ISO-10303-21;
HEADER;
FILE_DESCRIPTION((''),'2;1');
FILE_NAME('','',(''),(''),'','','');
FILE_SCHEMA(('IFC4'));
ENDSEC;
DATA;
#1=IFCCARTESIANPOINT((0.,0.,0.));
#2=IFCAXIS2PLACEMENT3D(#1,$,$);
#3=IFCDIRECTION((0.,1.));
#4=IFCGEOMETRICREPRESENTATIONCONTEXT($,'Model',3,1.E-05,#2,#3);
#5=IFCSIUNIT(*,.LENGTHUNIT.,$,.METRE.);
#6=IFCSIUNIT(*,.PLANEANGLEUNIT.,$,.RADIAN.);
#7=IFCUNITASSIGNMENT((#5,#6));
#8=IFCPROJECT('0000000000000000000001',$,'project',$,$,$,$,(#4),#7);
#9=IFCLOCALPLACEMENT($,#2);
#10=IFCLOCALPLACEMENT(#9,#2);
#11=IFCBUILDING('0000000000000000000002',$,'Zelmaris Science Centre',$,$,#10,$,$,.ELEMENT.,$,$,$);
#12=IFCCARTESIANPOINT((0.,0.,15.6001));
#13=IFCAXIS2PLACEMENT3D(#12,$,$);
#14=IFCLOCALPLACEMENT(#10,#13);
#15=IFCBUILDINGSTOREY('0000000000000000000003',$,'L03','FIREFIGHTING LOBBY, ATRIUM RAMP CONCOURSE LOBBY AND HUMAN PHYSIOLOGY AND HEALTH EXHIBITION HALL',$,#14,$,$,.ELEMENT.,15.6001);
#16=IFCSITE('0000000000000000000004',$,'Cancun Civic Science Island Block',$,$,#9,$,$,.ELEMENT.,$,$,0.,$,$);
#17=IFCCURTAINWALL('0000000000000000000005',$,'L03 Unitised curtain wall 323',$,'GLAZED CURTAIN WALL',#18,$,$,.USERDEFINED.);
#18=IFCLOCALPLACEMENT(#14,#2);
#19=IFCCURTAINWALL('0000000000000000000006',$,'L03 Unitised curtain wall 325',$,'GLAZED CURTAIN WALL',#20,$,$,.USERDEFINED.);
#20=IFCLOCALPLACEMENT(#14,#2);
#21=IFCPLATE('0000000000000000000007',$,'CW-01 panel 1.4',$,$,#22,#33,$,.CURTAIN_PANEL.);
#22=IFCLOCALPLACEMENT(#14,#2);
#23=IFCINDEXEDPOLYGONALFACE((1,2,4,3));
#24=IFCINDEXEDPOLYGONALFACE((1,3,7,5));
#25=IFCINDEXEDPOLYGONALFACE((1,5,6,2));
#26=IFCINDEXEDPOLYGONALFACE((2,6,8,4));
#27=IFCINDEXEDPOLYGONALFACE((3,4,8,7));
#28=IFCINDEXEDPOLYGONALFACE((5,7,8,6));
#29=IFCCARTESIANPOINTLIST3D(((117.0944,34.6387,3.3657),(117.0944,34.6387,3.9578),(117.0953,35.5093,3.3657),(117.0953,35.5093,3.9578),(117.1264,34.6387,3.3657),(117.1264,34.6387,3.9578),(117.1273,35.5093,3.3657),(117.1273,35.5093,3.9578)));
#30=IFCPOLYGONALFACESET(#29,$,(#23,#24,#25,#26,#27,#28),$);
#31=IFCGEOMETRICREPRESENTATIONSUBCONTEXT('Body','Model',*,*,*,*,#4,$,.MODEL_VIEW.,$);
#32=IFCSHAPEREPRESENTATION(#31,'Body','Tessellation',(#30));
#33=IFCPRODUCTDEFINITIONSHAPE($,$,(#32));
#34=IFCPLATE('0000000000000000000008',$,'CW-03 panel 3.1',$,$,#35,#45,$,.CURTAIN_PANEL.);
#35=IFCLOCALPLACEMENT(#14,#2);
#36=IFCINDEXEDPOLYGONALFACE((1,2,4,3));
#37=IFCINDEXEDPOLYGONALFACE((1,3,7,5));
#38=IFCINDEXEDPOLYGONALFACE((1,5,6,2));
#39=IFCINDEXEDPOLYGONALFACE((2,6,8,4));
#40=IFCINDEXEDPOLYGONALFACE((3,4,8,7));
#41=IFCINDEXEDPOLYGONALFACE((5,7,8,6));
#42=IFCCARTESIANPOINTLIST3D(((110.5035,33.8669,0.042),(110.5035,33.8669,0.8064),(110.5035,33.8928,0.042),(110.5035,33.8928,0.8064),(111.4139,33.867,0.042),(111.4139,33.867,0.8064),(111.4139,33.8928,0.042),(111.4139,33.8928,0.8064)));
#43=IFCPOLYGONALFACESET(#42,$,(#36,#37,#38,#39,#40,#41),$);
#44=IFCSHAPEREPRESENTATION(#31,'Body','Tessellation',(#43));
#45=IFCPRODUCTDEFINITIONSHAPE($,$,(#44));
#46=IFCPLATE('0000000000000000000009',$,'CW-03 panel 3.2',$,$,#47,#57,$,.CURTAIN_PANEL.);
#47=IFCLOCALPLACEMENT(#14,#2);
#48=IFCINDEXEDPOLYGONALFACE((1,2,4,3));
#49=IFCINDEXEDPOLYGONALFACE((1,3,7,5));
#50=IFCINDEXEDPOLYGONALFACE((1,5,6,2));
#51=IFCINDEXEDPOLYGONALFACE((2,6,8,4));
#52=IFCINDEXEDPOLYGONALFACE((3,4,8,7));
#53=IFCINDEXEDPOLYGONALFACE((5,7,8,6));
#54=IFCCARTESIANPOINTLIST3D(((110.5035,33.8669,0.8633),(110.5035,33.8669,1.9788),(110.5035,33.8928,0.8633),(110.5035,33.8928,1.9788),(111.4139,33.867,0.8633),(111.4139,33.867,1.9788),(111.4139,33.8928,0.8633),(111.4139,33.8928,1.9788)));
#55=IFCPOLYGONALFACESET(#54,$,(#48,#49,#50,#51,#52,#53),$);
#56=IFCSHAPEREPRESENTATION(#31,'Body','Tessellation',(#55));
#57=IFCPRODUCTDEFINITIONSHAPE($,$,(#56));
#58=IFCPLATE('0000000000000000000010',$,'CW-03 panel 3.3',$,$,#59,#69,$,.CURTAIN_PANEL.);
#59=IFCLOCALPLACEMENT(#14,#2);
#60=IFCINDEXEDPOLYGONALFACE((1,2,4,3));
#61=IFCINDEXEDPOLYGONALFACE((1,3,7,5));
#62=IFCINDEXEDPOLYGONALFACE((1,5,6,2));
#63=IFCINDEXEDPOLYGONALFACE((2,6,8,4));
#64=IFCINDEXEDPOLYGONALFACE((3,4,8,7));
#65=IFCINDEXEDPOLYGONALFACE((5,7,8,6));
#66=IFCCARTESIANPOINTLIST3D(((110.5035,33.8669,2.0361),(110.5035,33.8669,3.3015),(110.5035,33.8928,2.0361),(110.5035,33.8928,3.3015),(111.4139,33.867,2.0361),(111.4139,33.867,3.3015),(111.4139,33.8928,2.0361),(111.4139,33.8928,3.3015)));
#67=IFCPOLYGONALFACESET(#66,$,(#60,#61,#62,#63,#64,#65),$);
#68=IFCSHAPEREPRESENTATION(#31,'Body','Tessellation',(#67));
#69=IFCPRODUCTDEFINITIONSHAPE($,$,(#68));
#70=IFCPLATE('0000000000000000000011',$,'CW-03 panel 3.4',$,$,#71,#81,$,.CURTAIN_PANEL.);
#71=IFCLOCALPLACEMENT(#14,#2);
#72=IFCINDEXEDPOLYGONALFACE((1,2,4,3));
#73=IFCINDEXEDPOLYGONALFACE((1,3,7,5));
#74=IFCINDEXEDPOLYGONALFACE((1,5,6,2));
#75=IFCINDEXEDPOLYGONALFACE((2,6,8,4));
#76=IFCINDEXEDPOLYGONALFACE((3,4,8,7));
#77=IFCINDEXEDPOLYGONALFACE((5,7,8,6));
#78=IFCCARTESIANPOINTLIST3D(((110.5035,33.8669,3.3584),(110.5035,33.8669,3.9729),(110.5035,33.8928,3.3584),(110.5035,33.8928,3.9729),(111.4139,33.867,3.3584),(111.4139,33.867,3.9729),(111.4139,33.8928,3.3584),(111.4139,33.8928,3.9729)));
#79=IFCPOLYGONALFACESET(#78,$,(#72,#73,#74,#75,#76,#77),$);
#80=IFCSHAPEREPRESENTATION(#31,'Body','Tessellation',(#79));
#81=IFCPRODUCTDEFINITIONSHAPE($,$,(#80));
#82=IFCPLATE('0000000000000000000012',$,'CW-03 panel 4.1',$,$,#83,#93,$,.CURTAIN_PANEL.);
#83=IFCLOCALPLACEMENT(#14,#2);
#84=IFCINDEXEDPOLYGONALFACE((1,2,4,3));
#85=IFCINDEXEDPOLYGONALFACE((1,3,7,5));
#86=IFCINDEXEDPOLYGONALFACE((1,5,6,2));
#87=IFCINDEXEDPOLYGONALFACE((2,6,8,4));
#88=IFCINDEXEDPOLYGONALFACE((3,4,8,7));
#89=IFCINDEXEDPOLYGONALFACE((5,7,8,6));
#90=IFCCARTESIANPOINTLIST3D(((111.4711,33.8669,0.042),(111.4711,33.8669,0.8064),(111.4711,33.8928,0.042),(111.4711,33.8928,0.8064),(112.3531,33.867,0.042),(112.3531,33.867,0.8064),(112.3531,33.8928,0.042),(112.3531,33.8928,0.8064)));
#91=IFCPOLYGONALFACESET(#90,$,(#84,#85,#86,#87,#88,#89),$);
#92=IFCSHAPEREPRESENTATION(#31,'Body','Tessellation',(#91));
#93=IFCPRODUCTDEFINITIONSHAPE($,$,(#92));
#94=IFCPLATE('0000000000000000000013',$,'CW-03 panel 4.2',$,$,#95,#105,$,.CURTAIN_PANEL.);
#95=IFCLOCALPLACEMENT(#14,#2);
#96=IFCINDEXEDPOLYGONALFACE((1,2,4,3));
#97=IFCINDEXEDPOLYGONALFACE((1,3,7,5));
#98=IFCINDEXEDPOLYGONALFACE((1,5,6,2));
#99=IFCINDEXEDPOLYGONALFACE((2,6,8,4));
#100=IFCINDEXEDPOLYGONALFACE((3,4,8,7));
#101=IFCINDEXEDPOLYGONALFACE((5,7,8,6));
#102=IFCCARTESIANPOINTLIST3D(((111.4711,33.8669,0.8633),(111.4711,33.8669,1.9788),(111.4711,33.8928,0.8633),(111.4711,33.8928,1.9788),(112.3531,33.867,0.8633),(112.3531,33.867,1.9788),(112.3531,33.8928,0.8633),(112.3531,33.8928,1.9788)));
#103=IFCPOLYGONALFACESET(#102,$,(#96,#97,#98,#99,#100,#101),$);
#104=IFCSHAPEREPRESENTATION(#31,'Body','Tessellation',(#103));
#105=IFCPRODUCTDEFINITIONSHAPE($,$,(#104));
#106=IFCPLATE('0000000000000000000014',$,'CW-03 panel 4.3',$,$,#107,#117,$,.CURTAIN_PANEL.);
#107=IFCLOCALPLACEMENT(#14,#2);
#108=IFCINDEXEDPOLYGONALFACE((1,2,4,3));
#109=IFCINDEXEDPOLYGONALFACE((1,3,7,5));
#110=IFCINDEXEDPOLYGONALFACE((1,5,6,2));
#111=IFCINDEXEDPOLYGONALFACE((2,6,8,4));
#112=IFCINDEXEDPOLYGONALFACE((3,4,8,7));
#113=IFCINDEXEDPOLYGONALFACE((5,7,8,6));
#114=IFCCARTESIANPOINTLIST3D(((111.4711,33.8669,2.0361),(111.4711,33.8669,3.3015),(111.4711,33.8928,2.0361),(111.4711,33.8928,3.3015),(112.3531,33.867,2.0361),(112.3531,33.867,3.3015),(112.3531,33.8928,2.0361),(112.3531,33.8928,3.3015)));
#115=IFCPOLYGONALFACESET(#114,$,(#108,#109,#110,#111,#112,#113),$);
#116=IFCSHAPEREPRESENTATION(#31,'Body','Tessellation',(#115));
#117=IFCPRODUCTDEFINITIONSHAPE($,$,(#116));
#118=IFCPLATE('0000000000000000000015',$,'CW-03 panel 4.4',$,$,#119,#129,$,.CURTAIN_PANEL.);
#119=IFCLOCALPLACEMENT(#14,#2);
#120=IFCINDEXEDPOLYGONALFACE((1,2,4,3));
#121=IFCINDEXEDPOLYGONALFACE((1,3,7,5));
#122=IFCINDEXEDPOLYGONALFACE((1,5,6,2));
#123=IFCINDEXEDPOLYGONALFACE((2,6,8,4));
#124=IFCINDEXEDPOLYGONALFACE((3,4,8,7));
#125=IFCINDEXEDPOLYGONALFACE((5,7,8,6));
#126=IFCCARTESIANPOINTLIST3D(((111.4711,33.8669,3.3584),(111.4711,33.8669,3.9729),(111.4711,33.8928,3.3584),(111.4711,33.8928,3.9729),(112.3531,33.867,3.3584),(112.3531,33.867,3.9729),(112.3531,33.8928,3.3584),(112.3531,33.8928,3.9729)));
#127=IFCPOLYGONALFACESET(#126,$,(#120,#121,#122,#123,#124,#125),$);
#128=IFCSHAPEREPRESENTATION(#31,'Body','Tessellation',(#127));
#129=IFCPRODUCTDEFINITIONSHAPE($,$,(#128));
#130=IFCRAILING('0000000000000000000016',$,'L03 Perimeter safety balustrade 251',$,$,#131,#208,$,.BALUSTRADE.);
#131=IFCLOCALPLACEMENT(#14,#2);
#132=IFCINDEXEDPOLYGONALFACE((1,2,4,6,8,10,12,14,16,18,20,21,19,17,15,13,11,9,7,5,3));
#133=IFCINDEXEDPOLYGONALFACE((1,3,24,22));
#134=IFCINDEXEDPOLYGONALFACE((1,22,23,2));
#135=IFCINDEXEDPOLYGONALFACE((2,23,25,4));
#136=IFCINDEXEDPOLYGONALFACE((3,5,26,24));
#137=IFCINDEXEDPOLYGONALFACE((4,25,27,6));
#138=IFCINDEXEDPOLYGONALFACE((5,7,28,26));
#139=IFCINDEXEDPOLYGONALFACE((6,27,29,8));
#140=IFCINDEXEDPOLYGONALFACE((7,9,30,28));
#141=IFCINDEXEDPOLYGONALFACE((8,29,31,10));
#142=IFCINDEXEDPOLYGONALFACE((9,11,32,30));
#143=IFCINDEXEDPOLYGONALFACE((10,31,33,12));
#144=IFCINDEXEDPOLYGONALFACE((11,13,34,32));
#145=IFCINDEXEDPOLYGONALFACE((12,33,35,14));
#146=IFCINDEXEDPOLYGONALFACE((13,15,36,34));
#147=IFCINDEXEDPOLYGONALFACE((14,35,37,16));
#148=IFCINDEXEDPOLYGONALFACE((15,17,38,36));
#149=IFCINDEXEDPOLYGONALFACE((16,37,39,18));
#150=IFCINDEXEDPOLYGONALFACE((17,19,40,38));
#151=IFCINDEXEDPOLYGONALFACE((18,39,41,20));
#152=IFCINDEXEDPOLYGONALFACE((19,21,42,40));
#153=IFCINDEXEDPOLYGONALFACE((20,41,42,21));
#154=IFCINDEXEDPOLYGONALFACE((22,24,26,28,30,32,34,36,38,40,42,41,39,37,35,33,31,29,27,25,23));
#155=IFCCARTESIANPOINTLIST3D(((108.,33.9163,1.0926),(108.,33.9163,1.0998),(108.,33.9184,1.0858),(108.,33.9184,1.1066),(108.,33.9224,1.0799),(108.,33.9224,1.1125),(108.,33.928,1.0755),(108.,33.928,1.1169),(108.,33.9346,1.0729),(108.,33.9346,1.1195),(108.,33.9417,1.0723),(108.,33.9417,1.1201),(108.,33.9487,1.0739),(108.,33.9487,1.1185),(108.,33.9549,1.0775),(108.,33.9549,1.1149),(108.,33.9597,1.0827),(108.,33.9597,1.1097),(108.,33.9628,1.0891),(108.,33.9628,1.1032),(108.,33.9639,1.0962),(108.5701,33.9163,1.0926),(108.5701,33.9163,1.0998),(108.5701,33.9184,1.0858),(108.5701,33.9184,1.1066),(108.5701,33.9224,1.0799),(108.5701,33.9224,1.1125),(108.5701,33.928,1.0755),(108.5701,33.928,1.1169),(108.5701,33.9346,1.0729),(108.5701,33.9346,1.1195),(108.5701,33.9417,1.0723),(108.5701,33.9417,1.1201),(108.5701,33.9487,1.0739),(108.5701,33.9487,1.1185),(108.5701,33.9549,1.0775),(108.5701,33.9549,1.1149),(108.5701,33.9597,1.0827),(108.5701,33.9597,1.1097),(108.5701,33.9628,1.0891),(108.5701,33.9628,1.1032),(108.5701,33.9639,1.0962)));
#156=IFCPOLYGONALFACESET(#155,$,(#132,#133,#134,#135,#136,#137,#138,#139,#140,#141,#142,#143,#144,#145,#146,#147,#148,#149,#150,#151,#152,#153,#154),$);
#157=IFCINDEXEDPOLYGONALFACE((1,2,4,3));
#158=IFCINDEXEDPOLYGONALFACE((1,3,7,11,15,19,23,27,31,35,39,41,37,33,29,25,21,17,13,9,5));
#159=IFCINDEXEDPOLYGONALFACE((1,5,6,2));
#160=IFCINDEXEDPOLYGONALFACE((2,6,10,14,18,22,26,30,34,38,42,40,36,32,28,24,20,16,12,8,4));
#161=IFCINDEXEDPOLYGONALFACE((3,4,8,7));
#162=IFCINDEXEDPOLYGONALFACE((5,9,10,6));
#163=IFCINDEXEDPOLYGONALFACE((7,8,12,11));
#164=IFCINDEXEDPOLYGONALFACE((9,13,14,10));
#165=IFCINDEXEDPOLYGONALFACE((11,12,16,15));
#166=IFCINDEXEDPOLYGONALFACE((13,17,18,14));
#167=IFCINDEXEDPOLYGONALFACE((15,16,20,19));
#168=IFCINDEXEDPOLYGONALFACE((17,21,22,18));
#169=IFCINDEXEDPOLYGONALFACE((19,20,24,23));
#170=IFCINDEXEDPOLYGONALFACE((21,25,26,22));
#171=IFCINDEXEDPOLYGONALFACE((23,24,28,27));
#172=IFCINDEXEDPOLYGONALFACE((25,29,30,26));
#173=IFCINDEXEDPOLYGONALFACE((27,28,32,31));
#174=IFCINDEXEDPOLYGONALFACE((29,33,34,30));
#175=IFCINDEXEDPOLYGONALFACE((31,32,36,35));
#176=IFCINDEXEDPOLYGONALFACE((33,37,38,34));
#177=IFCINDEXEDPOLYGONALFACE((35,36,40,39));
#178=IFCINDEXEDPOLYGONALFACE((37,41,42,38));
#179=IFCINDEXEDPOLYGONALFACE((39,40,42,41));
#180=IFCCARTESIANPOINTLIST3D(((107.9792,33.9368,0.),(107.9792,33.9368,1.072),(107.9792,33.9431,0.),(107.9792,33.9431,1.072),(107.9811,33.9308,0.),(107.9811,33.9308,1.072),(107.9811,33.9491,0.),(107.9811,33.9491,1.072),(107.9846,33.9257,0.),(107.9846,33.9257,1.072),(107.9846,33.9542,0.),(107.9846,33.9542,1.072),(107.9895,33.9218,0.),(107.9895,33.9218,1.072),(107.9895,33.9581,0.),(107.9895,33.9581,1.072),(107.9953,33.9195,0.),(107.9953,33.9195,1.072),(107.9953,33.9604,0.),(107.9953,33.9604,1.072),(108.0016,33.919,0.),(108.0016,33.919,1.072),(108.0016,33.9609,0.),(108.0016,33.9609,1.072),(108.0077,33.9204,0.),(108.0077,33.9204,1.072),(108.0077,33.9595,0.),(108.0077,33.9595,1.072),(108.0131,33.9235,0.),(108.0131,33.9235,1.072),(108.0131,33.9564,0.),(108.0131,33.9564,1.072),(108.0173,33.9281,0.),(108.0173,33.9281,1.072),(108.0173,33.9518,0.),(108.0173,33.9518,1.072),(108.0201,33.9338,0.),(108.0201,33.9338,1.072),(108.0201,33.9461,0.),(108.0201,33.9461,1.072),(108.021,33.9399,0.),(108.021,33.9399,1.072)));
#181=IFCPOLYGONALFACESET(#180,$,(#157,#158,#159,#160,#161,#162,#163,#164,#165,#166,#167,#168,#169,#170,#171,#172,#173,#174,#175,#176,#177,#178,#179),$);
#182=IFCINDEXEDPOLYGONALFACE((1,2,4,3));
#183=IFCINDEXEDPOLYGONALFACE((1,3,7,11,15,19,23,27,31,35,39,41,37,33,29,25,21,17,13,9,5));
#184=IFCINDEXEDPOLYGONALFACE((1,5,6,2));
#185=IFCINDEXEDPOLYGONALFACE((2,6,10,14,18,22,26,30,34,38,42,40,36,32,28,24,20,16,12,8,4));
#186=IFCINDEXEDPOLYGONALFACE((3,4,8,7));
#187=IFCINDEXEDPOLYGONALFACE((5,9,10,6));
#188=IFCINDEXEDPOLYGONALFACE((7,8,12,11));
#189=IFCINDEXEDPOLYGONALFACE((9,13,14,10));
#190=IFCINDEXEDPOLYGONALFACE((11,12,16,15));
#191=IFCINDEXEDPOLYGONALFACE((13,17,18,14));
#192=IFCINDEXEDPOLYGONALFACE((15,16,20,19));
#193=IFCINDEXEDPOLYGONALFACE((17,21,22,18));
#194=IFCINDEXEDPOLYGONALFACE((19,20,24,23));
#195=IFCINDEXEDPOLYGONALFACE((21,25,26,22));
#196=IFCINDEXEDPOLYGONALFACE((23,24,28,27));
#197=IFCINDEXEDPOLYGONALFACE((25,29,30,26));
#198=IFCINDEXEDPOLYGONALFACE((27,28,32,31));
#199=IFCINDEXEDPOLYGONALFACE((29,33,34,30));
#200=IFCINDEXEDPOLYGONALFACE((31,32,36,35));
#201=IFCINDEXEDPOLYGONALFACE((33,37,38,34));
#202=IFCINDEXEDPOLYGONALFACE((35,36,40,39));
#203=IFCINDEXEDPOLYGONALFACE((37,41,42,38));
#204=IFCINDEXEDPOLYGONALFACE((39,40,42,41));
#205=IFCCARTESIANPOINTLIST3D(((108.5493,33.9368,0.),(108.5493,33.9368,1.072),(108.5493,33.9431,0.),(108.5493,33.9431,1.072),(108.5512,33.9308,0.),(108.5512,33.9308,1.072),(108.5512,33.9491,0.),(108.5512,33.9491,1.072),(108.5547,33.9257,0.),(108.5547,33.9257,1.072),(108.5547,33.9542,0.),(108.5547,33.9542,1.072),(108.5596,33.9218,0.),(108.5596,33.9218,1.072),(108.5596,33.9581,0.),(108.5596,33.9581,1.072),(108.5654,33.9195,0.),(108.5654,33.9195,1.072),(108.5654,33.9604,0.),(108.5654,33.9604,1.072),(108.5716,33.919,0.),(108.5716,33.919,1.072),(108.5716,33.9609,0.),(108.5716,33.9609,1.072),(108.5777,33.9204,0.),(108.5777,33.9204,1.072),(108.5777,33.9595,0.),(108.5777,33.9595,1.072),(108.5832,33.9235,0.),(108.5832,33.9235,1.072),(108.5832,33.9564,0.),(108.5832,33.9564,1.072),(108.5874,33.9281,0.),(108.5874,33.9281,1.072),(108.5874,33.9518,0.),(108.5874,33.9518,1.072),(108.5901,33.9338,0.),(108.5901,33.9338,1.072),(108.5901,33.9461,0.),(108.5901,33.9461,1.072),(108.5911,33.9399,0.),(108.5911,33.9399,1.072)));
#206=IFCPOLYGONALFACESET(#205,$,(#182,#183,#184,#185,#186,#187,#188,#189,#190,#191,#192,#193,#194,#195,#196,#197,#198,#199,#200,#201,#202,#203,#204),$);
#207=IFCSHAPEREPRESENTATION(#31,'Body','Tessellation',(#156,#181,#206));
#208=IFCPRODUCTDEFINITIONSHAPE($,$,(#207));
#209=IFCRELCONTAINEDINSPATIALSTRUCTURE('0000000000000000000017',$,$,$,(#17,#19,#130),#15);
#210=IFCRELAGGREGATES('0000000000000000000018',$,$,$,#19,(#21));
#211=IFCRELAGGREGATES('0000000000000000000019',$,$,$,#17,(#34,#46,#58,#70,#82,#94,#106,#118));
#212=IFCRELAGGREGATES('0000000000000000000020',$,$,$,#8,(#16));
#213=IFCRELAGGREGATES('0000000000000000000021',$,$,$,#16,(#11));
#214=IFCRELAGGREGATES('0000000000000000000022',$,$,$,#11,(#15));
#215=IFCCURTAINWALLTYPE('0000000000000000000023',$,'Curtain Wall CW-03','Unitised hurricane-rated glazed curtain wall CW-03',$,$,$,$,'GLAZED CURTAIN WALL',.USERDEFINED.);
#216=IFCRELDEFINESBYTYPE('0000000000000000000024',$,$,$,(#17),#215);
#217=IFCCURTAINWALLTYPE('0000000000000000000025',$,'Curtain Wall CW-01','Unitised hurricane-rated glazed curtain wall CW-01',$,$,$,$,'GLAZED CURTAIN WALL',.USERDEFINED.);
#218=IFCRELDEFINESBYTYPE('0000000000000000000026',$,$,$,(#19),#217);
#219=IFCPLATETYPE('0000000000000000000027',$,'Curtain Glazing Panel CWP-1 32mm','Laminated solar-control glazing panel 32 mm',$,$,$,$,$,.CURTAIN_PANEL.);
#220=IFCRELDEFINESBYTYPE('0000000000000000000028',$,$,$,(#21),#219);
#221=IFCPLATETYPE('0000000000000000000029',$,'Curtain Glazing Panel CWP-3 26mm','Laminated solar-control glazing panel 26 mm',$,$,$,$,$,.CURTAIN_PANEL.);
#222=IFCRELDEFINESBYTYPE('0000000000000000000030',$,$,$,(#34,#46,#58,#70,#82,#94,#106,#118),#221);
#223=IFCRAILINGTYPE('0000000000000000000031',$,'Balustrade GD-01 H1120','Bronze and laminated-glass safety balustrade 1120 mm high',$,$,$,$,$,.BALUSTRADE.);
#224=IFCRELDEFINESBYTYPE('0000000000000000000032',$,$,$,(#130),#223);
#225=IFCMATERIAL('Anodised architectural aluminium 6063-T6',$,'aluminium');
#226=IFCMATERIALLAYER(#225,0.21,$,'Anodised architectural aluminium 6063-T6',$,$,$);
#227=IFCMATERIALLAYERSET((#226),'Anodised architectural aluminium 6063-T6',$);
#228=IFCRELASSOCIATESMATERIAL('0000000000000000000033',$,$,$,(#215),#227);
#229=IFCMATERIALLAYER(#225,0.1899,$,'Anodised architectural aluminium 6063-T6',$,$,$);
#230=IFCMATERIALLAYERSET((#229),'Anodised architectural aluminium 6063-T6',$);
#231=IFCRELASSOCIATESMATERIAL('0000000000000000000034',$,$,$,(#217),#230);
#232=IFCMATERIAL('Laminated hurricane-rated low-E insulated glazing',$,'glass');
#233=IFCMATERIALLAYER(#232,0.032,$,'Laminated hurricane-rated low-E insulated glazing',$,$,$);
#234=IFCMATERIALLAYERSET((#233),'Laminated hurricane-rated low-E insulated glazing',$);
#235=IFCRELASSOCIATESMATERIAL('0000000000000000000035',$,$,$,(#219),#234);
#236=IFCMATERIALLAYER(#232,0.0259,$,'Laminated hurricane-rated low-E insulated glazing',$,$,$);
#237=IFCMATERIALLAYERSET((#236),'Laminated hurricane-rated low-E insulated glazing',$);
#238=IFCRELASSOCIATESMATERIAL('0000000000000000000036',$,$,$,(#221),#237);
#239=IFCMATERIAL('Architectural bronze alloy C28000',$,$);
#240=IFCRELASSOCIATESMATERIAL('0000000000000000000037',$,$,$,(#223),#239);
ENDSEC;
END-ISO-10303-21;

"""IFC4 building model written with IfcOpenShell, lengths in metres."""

from ifc_helpers import new_model, si_unit, direction, frame, origin, origin_2d, place, context, subcontext, project, spatial, rectangle, circle, extrude, material, layer, layer_set, type_object, element, aggregate, save


model = new_model("IFC4")

# Units and contexts
model_context = context("Model", 3, precision=1e-05, world=origin(), true_north=direction((0.0, 1.0)))
body_context = subcontext(model_context, "Body", "Model", "MODEL_VIEW")
ifc_project = project(units=[si_unit("LENGTHUNIT", "METRE"), si_unit("PLANEANGLEUNIT", "RADIAN")], contexts=[model_context])

# Site, building, storey
site_placement = place(None, origin())
site = spatial("IfcSite", under=ifc_project, at=site_placement, Name="Cancun Civic Science Island Block", CompositionType="ELEMENT", RefElevation=0.0)
building_placement = place(site_placement, origin())
building = spatial("IfcBuilding", under=site, at=building_placement, Name="Zelmaris Science Centre", CompositionType="ELEMENT")
storey_placement = place(building_placement, frame((0.0, 0.0, 15.6001)))
storey = spatial("IfcBuildingStorey", under=building, at=storey_placement, Name="L03", Description="FIREFIGHTING LOBBY, ATRIUM RAMP CONCOURSE LOBBY AND HUMAN PHYSIOLOGY AND HEALTH EXHIBITION HALL", CompositionType="ELEMENT", Elevation=15.6001)

# Curtain wall
ifc_material_1 = material(Name="Anodised architectural aluminium 6063-T6", Category="aluminium")
ifc_layer_1 = layer(ifc_material_1, 0.21, Name="Anodised architectural aluminium 6063-T6")
ifc_layer_set_1 = layer_set([ifc_layer_1], Name="Anodised architectural aluminium 6063-T6")
curtain_wall_type_1 = type_object("IfcCurtainWallType", Name="Curtain Wall CW-03", Description="Unitised hurricane-rated glazed curtain wall CW-03", ElementType="GLAZED CURTAIN WALL", PredefinedType="USERDEFINED", material=ifc_layer_set_1)
curtain_wall_1_placement = place(storey_placement, origin())
curtain_wall_1 = element("IfcCurtainWall", 1, at=curtain_wall_1_placement, inside=storey, type_object=curtain_wall_type_1, Name="L03 Unitised curtain wall 323", ObjectType="GLAZED CURTAIN WALL", PredefinedType="USERDEFINED")

# Curtain wall
ifc_layer_2 = layer(ifc_material_1, 0.1899, Name="Anodised architectural aluminium 6063-T6")
ifc_layer_set_2 = layer_set([ifc_layer_2], Name="Anodised architectural aluminium 6063-T6")
curtain_wall_type_2 = type_object("IfcCurtainWallType", Name="Curtain Wall CW-01", Description="Unitised hurricane-rated glazed curtain wall CW-01", ElementType="GLAZED CURTAIN WALL", PredefinedType="USERDEFINED", material=ifc_layer_set_2)
curtain_wall_2_placement = place(storey_placement, origin())
curtain_wall_2 = element("IfcCurtainWall", 2, at=curtain_wall_2_placement, inside=storey, type_object=curtain_wall_type_2, Name="L03 Unitised curtain wall 325", ObjectType="GLAZED CURTAIN WALL", PredefinedType="USERDEFINED")

# Plates
ifc_material_2 = material(Name="Laminated hurricane-rated low-E insulated glazing", Category="glass")
ifc_layer_3 = layer(ifc_material_2, 0.032, Name="Laminated hurricane-rated low-E insulated glazing")
ifc_layer_set_3 = layer_set([ifc_layer_3], Name="Laminated hurricane-rated low-E insulated glazing")
plate_type_1 = type_object("IfcPlateType", Name="Curtain Glazing Panel CWP-1 32mm", Description="Laminated solar-control glazing panel 32 mm", PredefinedType="CURTAIN_PANEL", material=ifc_layer_set_3)
plate_1_placement = place(storey_placement, frame((117.1108, 35.074, 3.3657), z_axis=(0.0, 0.0, 1.0), x_axis=(0.001022, 0.999999, 0.0)))
plate_1 = element("IfcPlate", 3, at=plate_1_placement, type_object=plate_type_1, Name="CW-01 panel 1.4", PredefinedType="CURTAIN_PANEL", context=body_context, shape_type="SweptSolid", body=[
    extrude(rectangle(XDim=0.8706, YDim=0.032, at=origin_2d()), origin(), (0.0, 0.0, 1.0), 0.592),
])
aggregate(curtain_wall_2, [plate_1])
ifc_layer_4 = layer(ifc_material_2, 0.0259, Name="Laminated hurricane-rated low-E insulated glazing")
ifc_layer_set_4 = layer_set([ifc_layer_4], Name="Laminated hurricane-rated low-E insulated glazing")
plate_type_2 = type_object("IfcPlateType", Name="Curtain Glazing Panel CWP-3 26mm", Description="Laminated solar-control glazing panel 26 mm", PredefinedType="CURTAIN_PANEL", material=ifc_layer_set_4)
plate_2_placement = place(storey_placement, frame((110.9587, 33.8799, 0.042), z_axis=(0.0, 0.0, 1.0), x_axis=(1.0, 0.000026, 0.0)))
plate_2 = element("IfcPlate", 4, at=plate_2_placement, type_object=plate_type_2, Name="CW-03 panel 3.1", PredefinedType="CURTAIN_PANEL", context=body_context, shape_type="SweptSolid", body=[
    extrude(rectangle(XDim=0.9104, YDim=0.0259, at=origin_2d()), origin(), (0.0, 0.0, 1.0), 0.7644),
])
plate_3_placement = place(storey_placement, frame((110.9587, 33.8799, 0.8633), z_axis=(0.0, 0.0, 1.0), x_axis=(1.0, 0.000026, 0.0)))
plate_3 = element("IfcPlate", 5, at=plate_3_placement, type_object=plate_type_2, Name="CW-03 panel 3.2", PredefinedType="CURTAIN_PANEL", context=body_context, shape_type="SweptSolid", body=[
    extrude(rectangle(XDim=0.9104, YDim=0.0259, at=origin_2d()), origin(), (0.0, 0.0, 1.0), 1.1155),
])
plate_4_placement = place(storey_placement, frame((110.9587, 33.8799, 2.0361), z_axis=(0.0, 0.0, 1.0), x_axis=(1.0, 0.000026, 0.0)))
plate_4 = element("IfcPlate", 6, at=plate_4_placement, type_object=plate_type_2, Name="CW-03 panel 3.3", PredefinedType="CURTAIN_PANEL", context=body_context, shape_type="SweptSolid", body=[
    extrude(rectangle(XDim=0.9104, YDim=0.0259, at=origin_2d()), origin(), (0.0, 0.0, 1.0), 1.2654),
])
plate_5_placement = place(storey_placement, frame((110.9587, 33.8799, 3.3584), z_axis=(0.0, 0.0, 1.0), x_axis=(1.0, 0.000026, 0.0)))
plate_5 = element("IfcPlate", 7, at=plate_5_placement, type_object=plate_type_2, Name="CW-03 panel 3.4", PredefinedType="CURTAIN_PANEL", context=body_context, shape_type="SweptSolid", body=[
    extrude(rectangle(XDim=0.9104, YDim=0.0259, at=origin_2d()), origin(), (0.0, 0.0, 1.0), 0.6145),
])
plate_6_placement = place(storey_placement, frame((111.9121, 33.8799, 0.042), z_axis=(0.0, 0.0, 1.0), x_axis=(1.0, 0.000026, 0.0)))
plate_6 = element("IfcPlate", 8, at=plate_6_placement, type_object=plate_type_2, Name="CW-03 panel 4.1", PredefinedType="CURTAIN_PANEL", context=body_context, shape_type="SweptSolid", body=[
    extrude(rectangle(XDim=0.8821, YDim=0.0259, at=origin_2d()), origin(), (0.0, 0.0, 1.0), 0.7644),
])
plate_7_placement = place(storey_placement, frame((111.9121, 33.8799, 0.8633), z_axis=(0.0, 0.0, 1.0), x_axis=(1.0, 0.000026, 0.0)))
plate_7 = element("IfcPlate", 9, at=plate_7_placement, type_object=plate_type_2, Name="CW-03 panel 4.2", PredefinedType="CURTAIN_PANEL", context=body_context, shape_type="SweptSolid", body=[
    extrude(rectangle(XDim=0.8821, YDim=0.0259, at=origin_2d()), origin(), (0.0, 0.0, 1.0), 1.1155),
])
plate_8_placement = place(storey_placement, frame((111.9121, 33.8799, 2.0361), z_axis=(0.0, 0.0, 1.0), x_axis=(1.0, 0.000026, 0.0)))
plate_8 = element("IfcPlate", 10, at=plate_8_placement, type_object=plate_type_2, Name="CW-03 panel 4.3", PredefinedType="CURTAIN_PANEL", context=body_context, shape_type="SweptSolid", body=[
    extrude(rectangle(XDim=0.8821, YDim=0.0259, at=origin_2d()), origin(), (0.0, 0.0, 1.0), 1.2654),
])
plate_9_placement = place(storey_placement, frame((111.9121, 33.8799, 3.3584), z_axis=(0.0, 0.0, 1.0), x_axis=(1.0, 0.000026, 0.0)))
plate_9 = element("IfcPlate", 11, at=plate_9_placement, type_object=plate_type_2, Name="CW-03 panel 4.4", PredefinedType="CURTAIN_PANEL", context=body_context, shape_type="SweptSolid", body=[
    extrude(rectangle(XDim=0.8821, YDim=0.0259, at=origin_2d()), origin(), (0.0, 0.0, 1.0), 0.6145),
])
aggregate(curtain_wall_1, [plate_2, plate_3, plate_4, plate_5, plate_6, plate_7, plate_8, plate_9])

# Railing
ifc_material_3 = material(Name="Architectural bronze alloy C28000")
railing_type = type_object("IfcRailingType", Name="Balustrade GD-01 H1120", Description="Bronze and laminated-glass safety balustrade 1120 mm high", PredefinedType="BALUSTRADE", material=ifc_material_3)
railing_1_placement = place(storey_placement, frame((108.0, 33.9399, 0.0)))
element("IfcRailing", 12, at=railing_1_placement, inside=storey, type_object=railing_type, Name="L03 Perimeter safety balustrade 251", PredefinedType="BALUSTRADE", context=body_context, shape_type="SweptSolid", body=[
    extrude(circle(Radius=0.0239, at=origin_2d()), frame((0.0, 0.0, 1.0962), z_axis=(1.0, 0.0, 0.0), x_axis=(0.0, 1.0, 0.0)), (0.0, 0.0, 1.0), 0.5701),
    extrude(circle(Radius=0.021, at=origin_2d()), origin(), (0.0, 0.0, 1.0), 1.072),
    extrude(circle(Radius=0.021, at=origin_2d()), frame((0.5701, 0.0, 0.0)), (0.0, 0.0, 1.0), 1.072),
])

save(model, "model.ifc")
